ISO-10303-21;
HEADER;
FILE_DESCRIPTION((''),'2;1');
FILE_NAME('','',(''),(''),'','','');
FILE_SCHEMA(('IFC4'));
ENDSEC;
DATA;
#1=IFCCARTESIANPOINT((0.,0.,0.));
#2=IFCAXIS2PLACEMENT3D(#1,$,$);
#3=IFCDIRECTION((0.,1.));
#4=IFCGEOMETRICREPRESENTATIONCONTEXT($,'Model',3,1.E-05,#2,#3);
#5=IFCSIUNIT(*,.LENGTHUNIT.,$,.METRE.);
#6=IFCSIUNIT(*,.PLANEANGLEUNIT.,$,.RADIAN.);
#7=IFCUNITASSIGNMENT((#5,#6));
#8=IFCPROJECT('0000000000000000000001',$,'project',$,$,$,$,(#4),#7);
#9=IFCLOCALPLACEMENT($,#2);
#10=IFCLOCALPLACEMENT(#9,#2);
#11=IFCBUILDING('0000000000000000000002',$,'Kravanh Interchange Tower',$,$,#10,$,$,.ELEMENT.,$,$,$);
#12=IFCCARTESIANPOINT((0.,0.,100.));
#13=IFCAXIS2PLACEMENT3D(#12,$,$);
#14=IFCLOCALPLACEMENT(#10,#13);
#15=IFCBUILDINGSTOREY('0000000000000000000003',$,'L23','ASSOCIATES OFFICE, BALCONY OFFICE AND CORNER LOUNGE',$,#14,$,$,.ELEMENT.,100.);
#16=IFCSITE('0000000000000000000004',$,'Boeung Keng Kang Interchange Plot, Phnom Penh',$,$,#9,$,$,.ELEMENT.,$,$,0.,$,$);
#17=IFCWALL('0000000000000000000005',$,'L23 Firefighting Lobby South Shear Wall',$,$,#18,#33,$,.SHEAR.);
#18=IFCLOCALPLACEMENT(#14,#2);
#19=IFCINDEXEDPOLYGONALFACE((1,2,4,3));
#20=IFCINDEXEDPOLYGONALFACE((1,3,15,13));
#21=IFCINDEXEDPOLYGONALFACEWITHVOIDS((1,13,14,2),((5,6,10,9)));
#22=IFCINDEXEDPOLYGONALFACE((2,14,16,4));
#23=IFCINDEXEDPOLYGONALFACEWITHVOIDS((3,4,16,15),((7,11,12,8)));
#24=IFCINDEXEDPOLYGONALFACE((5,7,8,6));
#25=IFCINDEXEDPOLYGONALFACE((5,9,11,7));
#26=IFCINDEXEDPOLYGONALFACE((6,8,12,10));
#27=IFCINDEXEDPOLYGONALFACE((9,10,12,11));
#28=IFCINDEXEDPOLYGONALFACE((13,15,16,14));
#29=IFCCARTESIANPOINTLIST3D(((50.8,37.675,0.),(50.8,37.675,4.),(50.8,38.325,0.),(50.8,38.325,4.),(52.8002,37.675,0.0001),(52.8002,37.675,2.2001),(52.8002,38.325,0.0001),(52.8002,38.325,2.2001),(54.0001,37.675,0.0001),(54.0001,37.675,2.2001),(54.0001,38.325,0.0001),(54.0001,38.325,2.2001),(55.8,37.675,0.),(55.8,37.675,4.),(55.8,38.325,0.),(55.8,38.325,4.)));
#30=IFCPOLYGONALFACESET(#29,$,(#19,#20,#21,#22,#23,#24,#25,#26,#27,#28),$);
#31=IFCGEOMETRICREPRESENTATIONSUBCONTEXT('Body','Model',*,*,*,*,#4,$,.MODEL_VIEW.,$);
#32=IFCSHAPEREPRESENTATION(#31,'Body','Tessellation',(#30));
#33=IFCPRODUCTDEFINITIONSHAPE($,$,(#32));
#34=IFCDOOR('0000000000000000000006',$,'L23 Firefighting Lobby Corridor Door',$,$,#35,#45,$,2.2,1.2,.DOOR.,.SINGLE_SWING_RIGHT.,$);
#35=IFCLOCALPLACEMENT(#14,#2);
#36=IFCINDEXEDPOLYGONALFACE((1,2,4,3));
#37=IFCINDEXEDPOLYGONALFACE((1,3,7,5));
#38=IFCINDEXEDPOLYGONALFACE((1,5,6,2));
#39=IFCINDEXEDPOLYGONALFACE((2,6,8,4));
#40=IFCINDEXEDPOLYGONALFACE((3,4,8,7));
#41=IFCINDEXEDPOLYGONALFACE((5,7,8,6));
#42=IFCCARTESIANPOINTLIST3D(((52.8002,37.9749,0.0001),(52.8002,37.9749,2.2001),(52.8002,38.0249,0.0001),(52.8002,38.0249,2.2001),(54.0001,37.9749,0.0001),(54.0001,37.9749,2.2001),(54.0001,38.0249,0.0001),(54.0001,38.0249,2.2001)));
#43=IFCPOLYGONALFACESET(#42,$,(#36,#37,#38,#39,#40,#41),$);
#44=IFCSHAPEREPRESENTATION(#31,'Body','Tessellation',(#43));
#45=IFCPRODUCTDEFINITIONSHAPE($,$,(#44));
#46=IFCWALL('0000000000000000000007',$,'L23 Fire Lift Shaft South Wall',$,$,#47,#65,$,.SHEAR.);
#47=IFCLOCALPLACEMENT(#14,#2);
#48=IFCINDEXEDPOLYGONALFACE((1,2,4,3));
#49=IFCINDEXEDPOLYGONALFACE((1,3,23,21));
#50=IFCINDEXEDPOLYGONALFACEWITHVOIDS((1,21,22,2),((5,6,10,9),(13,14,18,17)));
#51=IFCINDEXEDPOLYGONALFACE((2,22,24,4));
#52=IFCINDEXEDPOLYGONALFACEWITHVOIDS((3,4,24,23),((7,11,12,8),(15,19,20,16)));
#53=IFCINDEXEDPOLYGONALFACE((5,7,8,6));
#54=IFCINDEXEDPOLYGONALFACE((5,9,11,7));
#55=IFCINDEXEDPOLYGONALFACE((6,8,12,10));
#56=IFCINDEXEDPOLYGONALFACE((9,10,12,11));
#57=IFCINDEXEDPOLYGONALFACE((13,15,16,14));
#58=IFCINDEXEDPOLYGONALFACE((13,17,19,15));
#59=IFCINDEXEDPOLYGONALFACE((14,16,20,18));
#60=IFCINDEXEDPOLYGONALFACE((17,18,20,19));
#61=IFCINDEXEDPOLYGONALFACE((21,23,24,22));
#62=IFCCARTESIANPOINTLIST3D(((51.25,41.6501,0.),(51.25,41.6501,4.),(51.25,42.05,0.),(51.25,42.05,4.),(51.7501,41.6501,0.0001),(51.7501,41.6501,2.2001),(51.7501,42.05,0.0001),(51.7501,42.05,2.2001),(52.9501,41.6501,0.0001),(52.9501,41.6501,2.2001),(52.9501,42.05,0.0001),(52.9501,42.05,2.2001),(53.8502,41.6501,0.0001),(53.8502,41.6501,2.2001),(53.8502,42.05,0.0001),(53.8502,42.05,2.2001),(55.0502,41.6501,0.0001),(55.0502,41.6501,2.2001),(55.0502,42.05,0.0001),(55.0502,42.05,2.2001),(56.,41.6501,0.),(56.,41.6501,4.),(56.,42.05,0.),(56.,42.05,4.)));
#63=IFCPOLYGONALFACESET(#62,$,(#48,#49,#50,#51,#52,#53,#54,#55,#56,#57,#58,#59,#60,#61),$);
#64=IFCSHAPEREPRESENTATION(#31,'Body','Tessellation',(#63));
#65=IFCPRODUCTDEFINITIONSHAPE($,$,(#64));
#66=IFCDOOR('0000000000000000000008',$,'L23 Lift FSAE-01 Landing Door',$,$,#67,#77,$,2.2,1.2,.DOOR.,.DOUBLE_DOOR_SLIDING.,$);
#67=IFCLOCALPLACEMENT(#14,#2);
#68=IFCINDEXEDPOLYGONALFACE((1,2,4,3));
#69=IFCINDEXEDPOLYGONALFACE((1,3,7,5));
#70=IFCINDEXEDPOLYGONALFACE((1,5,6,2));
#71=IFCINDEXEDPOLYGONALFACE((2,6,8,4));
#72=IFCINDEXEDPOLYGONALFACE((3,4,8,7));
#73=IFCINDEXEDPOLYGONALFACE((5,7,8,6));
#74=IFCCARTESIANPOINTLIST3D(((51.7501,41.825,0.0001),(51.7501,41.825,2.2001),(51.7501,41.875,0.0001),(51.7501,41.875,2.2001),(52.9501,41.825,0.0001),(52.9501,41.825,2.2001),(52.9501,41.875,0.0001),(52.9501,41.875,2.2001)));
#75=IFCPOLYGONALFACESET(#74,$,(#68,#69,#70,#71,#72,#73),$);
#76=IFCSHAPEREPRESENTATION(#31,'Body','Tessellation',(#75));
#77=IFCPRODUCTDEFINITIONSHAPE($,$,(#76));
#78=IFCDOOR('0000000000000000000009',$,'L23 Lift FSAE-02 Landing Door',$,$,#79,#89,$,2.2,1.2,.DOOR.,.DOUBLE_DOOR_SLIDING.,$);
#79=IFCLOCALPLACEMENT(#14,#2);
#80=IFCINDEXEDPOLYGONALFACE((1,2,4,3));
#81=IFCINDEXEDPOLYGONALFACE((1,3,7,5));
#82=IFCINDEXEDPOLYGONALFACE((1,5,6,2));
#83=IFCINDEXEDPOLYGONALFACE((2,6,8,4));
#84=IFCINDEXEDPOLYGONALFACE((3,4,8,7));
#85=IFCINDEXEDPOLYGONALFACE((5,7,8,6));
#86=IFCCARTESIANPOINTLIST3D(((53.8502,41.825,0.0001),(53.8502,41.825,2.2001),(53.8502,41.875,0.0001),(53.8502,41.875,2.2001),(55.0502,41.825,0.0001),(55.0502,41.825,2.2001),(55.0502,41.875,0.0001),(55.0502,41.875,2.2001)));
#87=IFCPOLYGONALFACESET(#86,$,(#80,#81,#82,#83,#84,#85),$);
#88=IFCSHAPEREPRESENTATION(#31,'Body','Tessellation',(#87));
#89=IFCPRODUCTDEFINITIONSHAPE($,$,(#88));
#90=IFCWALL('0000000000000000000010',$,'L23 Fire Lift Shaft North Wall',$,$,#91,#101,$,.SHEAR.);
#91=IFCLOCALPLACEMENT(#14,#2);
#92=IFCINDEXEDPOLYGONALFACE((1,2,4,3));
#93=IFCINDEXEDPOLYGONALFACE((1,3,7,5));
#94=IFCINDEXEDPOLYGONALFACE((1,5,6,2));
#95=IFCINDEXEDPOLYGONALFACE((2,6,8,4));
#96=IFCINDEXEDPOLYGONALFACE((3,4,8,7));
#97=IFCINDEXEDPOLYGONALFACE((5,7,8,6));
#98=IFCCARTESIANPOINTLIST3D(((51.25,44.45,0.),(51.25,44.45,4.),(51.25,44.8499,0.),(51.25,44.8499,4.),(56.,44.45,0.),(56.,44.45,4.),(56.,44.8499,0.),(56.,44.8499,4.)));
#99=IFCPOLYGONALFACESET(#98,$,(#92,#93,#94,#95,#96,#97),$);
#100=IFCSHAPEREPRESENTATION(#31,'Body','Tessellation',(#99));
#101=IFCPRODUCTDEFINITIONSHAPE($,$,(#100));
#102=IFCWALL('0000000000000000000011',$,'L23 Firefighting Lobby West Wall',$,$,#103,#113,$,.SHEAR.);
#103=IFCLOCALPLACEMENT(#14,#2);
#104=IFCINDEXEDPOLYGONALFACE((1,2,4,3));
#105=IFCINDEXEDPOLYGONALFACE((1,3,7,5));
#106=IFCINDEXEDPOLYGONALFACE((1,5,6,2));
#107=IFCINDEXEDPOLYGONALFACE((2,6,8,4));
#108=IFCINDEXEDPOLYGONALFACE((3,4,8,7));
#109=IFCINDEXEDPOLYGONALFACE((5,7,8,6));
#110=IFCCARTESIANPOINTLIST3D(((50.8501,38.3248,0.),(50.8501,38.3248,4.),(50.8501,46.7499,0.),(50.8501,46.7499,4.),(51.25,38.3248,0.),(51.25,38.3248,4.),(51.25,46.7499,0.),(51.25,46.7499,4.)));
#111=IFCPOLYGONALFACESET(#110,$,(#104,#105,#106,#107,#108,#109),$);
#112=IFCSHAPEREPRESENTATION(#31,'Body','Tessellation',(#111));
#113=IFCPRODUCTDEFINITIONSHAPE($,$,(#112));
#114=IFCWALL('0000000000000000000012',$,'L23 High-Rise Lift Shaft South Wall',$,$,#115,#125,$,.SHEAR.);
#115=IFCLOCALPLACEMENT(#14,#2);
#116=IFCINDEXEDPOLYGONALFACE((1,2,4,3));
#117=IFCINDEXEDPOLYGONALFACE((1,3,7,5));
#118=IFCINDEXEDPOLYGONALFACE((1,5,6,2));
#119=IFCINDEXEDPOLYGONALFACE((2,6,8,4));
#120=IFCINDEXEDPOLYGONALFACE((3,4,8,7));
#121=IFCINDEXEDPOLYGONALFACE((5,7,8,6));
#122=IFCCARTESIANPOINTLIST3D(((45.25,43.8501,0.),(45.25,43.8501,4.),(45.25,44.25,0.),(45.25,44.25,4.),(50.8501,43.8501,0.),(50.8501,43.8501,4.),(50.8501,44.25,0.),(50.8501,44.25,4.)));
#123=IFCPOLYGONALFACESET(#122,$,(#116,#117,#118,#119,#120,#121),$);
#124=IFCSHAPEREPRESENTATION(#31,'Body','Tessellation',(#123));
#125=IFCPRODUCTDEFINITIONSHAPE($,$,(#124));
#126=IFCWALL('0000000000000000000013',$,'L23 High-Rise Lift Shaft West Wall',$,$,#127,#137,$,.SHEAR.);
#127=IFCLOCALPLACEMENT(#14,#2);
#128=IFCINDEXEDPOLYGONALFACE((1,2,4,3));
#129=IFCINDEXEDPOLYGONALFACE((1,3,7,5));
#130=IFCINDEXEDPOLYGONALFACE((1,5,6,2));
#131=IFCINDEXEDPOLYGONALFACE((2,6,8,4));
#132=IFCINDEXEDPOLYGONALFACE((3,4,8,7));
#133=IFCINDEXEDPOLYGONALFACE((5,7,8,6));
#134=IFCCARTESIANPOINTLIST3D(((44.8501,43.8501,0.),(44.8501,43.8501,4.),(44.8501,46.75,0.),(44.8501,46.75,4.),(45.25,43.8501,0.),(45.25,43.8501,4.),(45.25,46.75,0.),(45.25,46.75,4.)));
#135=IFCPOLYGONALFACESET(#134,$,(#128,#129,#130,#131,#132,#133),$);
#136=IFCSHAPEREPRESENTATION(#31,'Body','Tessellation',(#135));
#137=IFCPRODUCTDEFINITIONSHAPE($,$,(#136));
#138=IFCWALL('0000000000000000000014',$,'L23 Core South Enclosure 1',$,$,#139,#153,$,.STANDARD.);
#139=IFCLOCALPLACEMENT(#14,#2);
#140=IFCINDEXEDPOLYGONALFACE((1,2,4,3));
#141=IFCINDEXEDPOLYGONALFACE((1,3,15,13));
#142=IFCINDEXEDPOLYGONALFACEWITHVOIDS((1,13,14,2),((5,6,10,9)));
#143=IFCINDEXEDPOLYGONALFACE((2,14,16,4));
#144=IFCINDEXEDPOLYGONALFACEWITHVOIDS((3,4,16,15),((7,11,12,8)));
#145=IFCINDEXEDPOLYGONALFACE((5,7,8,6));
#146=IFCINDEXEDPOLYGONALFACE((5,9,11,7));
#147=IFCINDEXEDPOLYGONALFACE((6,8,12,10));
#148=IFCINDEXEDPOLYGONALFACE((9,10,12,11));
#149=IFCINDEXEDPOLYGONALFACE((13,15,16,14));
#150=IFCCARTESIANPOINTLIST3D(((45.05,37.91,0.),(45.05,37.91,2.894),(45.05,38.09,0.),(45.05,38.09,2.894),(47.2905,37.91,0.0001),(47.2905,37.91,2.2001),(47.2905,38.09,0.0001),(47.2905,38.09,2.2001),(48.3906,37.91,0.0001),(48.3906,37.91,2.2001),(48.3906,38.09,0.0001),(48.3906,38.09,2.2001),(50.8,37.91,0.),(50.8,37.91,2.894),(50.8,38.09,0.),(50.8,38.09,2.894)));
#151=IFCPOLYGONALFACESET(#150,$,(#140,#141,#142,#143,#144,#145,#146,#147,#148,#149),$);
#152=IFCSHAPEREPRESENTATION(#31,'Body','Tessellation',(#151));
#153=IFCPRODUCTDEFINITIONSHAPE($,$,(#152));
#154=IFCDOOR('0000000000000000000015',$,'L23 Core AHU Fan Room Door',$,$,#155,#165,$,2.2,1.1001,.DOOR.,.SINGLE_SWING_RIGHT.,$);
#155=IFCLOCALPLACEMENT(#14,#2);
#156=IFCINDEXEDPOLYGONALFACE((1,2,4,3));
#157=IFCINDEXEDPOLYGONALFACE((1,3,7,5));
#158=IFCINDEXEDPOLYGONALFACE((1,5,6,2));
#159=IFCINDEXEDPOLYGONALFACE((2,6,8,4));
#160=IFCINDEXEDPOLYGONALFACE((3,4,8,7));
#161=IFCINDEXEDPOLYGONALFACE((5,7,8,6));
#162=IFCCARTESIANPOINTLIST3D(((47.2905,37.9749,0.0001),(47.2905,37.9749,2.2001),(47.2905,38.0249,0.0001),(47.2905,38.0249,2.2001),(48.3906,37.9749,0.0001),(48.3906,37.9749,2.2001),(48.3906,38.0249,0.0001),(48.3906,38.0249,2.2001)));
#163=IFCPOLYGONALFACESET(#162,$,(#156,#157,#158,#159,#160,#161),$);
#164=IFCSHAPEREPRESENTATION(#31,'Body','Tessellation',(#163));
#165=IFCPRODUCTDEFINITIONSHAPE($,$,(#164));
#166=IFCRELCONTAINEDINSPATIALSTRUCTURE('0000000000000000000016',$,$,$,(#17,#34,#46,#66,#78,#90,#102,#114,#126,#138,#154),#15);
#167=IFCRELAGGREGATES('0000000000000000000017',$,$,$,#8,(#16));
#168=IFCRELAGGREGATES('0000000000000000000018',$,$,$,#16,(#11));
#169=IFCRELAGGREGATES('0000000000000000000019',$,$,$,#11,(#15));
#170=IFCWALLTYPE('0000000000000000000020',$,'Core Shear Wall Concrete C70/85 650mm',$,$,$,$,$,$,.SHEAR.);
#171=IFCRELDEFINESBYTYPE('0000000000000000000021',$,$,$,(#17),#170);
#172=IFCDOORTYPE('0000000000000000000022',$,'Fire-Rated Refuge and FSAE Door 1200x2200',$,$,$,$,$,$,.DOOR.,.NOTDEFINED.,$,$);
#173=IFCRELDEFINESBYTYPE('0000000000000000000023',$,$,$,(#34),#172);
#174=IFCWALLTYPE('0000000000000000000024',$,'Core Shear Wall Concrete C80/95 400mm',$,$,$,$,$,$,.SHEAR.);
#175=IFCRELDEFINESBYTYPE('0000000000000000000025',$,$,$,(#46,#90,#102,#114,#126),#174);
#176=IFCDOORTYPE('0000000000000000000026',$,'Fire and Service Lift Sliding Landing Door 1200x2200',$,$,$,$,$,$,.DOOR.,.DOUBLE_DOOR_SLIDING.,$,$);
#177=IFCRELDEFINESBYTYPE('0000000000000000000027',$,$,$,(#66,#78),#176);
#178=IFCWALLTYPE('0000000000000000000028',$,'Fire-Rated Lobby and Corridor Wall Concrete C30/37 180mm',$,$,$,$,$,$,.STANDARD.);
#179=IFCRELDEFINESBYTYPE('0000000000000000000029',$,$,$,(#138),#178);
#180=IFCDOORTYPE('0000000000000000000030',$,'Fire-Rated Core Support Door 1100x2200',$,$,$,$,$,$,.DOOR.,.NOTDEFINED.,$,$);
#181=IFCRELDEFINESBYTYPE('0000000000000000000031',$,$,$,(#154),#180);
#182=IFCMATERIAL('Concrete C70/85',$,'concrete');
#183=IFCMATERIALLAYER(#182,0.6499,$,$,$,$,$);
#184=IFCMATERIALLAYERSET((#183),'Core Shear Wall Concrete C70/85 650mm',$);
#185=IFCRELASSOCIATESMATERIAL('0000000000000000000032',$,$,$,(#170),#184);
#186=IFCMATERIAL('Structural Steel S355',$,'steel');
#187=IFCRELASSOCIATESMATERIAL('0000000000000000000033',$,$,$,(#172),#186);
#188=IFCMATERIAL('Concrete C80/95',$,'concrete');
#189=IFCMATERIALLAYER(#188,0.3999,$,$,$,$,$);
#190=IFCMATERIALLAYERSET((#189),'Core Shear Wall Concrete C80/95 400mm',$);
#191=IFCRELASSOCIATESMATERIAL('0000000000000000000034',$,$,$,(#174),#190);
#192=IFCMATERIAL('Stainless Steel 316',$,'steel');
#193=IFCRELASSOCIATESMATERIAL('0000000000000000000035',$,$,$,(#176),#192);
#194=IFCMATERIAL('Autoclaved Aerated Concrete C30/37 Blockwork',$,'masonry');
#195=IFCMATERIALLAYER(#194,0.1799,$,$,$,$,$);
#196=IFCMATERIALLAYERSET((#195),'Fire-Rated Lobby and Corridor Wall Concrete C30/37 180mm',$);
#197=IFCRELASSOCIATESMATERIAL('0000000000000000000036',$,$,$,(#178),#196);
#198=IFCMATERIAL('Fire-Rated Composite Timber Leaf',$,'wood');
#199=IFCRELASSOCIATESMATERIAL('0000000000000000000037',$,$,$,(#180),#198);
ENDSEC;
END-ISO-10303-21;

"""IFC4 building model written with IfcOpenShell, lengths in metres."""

from ifc_helpers import new_model, si_unit, direction, frame, frame_2d, origin, place, context, subcontext, project, spatial, rectangle, extrude, material, layer, layer_set, type_object, element, fill, save


model = new_model("IFC4")

# Units and contexts
model_context = context("Model", 3, precision=1e-05, world=origin(), true_north=direction((0.0, 1.0)))
body_context = subcontext(model_context, "Body", "Model", "MODEL_VIEW")
ifc_project = project(units=[si_unit("LENGTHUNIT", "METRE"), si_unit("PLANEANGLEUNIT", "RADIAN")], contexts=[model_context])

# Site, building, storey
site_placement = place(None, origin())
site = spatial("IfcSite", under=ifc_project, at=site_placement, Name="Boeung Keng Kang Interchange Plot, Phnom Penh", CompositionType="ELEMENT", RefElevation=0.0)
building_placement = place(site_placement, origin())
building = spatial("IfcBuilding", under=site, at=building_placement, Name="Kravanh Interchange Tower", CompositionType="ELEMENT")
storey_placement = place(building_placement, frame((0.0, 0.0, 100.0)))
storey = spatial("IfcBuildingStorey", under=building, at=storey_placement, Name="L23", Description="ASSOCIATES OFFICE, BALCONY OFFICE AND CORNER LOUNGE", CompositionType="ELEMENT", Elevation=100.0)

# Shared definitions
ifc_material_1 = material(Name="Concrete C70/85", Category="concrete")
ifc_layer_1 = layer(ifc_material_1, 0.6499)
ifc_layer_set_1 = layer_set([ifc_layer_1], Name="Core Shear Wall Concrete C70/85 650mm")
wall_type_1 = type_object("IfcWallType", Name="Core Shear Wall Concrete C70/85 650mm", PredefinedType="SHEAR", material=ifc_layer_set_1)

# Wall, opening, door
wall_1_placement = place(storey_placement, frame((50.8, 38.0, 0.0), z_axis=(0.0, 0.0, 1.0), x_axis=(1.0, 0.0, 0.0)))
wall_1 = element("IfcWall", 1, at=wall_1_placement, inside=storey, type_object=wall_type_1, Name="L23 Firefighting Lobby South Shear Wall", PredefinedType="SHEAR", context=body_context, shape_type="SweptSolid", body=[
    extrude(rectangle(XDim=5.0, YDim=0.6499, at=frame_2d((2.5, 0.0))), origin(), (0.0, 0.0, 1.0), 4.0),
])
opening_1_placement = place(wall_1_placement, frame((2.0, 0.0, 0.0)))
opening_1 = element("IfcOpeningElement", 2, at=opening_1_placement, cuts=wall_1, PredefinedType="OPENING", context=body_context, shape_type="SweptSolid", body=[
    extrude(rectangle(XDim=1.2, YDim=2.2, at=frame_2d((0.6001, 1.1001))), frame((0.0, 0.335, 0.0), z_axis=(0.0, -1.0, 0.0), x_axis=(1.0, 0.0, 0.0)), (0.0, 0.0, 1.0), 0.6699),
])
ifc_material_2 = material(Name="Structural Steel S355", Category="steel")
door_type_1 = type_object("IfcDoorType", Name="Fire-Rated Refuge and FSAE Door 1200x2200", OperationType="NOTDEFINED", PredefinedType="DOOR", material=ifc_material_2)
door_1_placement = place(opening_1_placement, origin())
door_1 = element("IfcDoor", 3, at=door_1_placement, inside=storey, type_object=door_type_1, Name="L23 Firefighting Lobby Corridor Door", OperationType="SINGLE_SWING_RIGHT", OverallHeight=2.2, OverallWidth=1.2, PredefinedType="DOOR", context=body_context, shape_type="SweptSolid", body=[
    extrude(rectangle(XDim=1.2, YDim=2.2, at=frame_2d((0.6001, 1.1001))), frame((0.0, 0.0249, 0.0), z_axis=(0.0, -1.0, 0.0), x_axis=(1.0, 0.0, 0.0)), (0.0, 0.0, 1.0), 0.05),
])
fill(opening_1, door_1)

# Wall, openings, doors
ifc_material_3 = material(Name="Concrete C80/95", Category="concrete")
ifc_layer_2 = layer(ifc_material_3, 0.3999)
ifc_layer_set_2 = layer_set([ifc_layer_2], Name="Core Shear Wall Concrete C80/95 400mm")
wall_type_2 = type_object("IfcWallType", Name="Core Shear Wall Concrete C80/95 400mm", PredefinedType="SHEAR", material=ifc_layer_set_2)
wall_2_placement = place(storey_placement, frame((51.25, 41.8501, 0.0), z_axis=(0.0, 0.0, 1.0), x_axis=(1.0, 0.0, 0.0)))
wall_2 = element("IfcWall", 4, at=wall_2_placement, inside=storey, type_object=wall_type_2, Name="L23 Fire Lift Shaft South Wall", PredefinedType="SHEAR", context=body_context, shape_type="SweptSolid", body=[
    extrude(rectangle(XDim=4.75, YDim=0.3999, at=frame_2d((2.375, 0.0))), origin(), (0.0, 0.0, 1.0), 4.0),
])
opening_2_placement = place(wall_2_placement, frame((0.5, 0.0, 0.0)))
opening_2 = element("IfcOpeningElement", 5, at=opening_2_placement, cuts=wall_2, PredefinedType="OPENING", context=body_context, shape_type="SweptSolid", body=[
    extrude(rectangle(XDim=1.2, YDim=2.2, at=frame_2d((0.6001, 1.1001))), frame((0.0, 0.21, 0.0), z_axis=(0.0, -1.0, 0.0), x_axis=(1.0, 0.0, 0.0)), (0.0, 0.0, 1.0), 0.4199),
])
opening_3_placement = place(wall_2_placement, frame((2.6001, 0.0, 0.0)))
opening_3 = element("IfcOpeningElement", 6, at=opening_3_placement, cuts=wall_2, PredefinedType="OPENING", context=body_context, shape_type="SweptSolid", body=[
    extrude(rectangle(XDim=1.2, YDim=2.2, at=frame_2d((0.6001, 1.1001))), frame((0.0, 0.21, 0.0), z_axis=(0.0, -1.0, 0.0), x_axis=(1.0, 0.0, 0.0)), (0.0, 0.0, 1.0), 0.4199),
])
ifc_material_4 = material(Name="Stainless Steel 316", Category="steel")
door_type_2 = type_object("IfcDoorType", Name="Fire and Service Lift Sliding Landing Door 1200x2200", OperationType="DOUBLE_DOOR_SLIDING", PredefinedType="DOOR", material=ifc_material_4)
door_2_placement = place(opening_2_placement, origin())
door_2 = element("IfcDoor", 7, at=door_2_placement, inside=storey, type_object=door_type_2, Name="L23 Lift FSAE-01 Landing Door", OperationType="DOUBLE_DOOR_SLIDING", OverallHeight=2.2, OverallWidth=1.2, PredefinedType="DOOR", context=body_context, shape_type="SweptSolid", body=[
    extrude(rectangle(XDim=1.2, YDim=2.2, at=frame_2d((0.6001, 1.1001))), frame((0.0, 0.0249, 0.0), z_axis=(0.0, -1.0, 0.0), x_axis=(1.0, 0.0, 0.0)), (0.0, 0.0, 1.0), 0.05),
])
fill(opening_2, door_2)
door_3_placement = place(opening_3_placement, origin())
door_3 = element("IfcDoor", 8, at=door_3_placement, inside=storey, type_object=door_type_2, Name="L23 Lift FSAE-02 Landing Door", OperationType="DOUBLE_DOOR_SLIDING", OverallHeight=2.2, OverallWidth=1.2, PredefinedType="DOOR", context=body_context, shape_type="SweptSolid", body=[
    extrude(rectangle(XDim=1.2, YDim=2.2, at=frame_2d((0.6001, 1.1001))), frame((0.0, 0.0249, 0.0), z_axis=(0.0, -1.0, 0.0), x_axis=(1.0, 0.0, 0.0)), (0.0, 0.0, 1.0), 0.05),
])
fill(opening_3, door_3)

# Walls
wall_3_placement = place(storey_placement, frame((51.25, 44.6499, 0.0), z_axis=(0.0, 0.0, 1.0), x_axis=(1.0, 0.0, 0.0)))
element("IfcWall", 9, at=wall_3_placement, inside=storey, type_object=wall_type_2, Name="L23 Fire Lift Shaft North Wall", PredefinedType="SHEAR", context=body_context, shape_type="SweptSolid", body=[
    extrude(rectangle(XDim=4.75, YDim=0.3999, at=frame_2d((2.375, 0.0))), origin(), (0.0, 0.0, 1.0), 4.0),
])
wall_4_placement = place(storey_placement, frame((51.05, 38.325, 0.0), z_axis=(0.0, 0.0, 1.0), x_axis=(0.0, 1.0, 0.0)))
element("IfcWall", 10, at=wall_4_placement, inside=storey, type_object=wall_type_2, Name="L23 Firefighting Lobby West Wall", PredefinedType="SHEAR", context=body_context, shape_type="SweptSolid", body=[
    extrude(rectangle(XDim=8.425, YDim=0.3999, at=frame_2d((4.2124, 0.0))), origin(), (0.0, 0.0, 1.0), 4.0),
])
wall_5_placement = place(storey_placement, frame((45.25, 44.05, 0.0), z_axis=(0.0, 0.0, 1.0), x_axis=(1.0, 0.0, 0.0)))
element("IfcWall", 11, at=wall_5_placement, inside=storey, type_object=wall_type_2, Name="L23 High-Rise Lift Shaft South Wall", PredefinedType="SHEAR", context=body_context, shape_type="SweptSolid", body=[
    extrude(rectangle(XDim=5.6001, YDim=0.3999, at=frame_2d((2.8, 0.0))), origin(), (0.0, 0.0, 1.0), 4.0),
])
wall_6_placement = place(storey_placement, frame((45.05, 43.8501, 0.0), z_axis=(0.0, 0.0, 1.0), x_axis=(0.0, 1.0, 0.0)))
element("IfcWall", 12, at=wall_6_placement, inside=storey, type_object=wall_type_2, Name="L23 High-Rise Lift Shaft West Wall", PredefinedType="SHEAR", context=body_context, shape_type="SweptSolid", body=[
    extrude(rectangle(XDim=2.8999, YDim=0.3999, at=frame_2d((1.45, 0.0))), origin(), (0.0, 0.0, 1.0), 4.0),
])

# Wall, opening, door
ifc_material_5 = material(Name="Autoclaved Aerated Concrete C30/37 Blockwork", Category="masonry")
ifc_layer_3 = layer(ifc_material_5, 0.1799)
ifc_layer_set_3 = layer_set([ifc_layer_3], Name="Fire-Rated Lobby and Corridor Wall Concrete C30/37 180mm")
wall_type_3 = type_object("IfcWallType", Name="Fire-Rated Lobby and Corridor Wall Concrete C30/37 180mm", PredefinedType="STANDARD", material=ifc_layer_set_3)
wall_7_placement = place(storey_placement, frame((45.05, 38.0, 0.0), z_axis=(0.0, 0.0, 1.0), x_axis=(1.0, 0.0, 0.0)))
wall_7 = element("IfcWall", 13, at=wall_7_placement, inside=storey, type_object=wall_type_3, Name="L23 Core South Enclosure 1", PredefinedType="STANDARD", context=body_context, shape_type="SweptSolid", body=[
    extrude(rectangle(XDim=5.75, YDim=0.1799, at=frame_2d((2.875, 0.0))), origin(), (0.0, 0.0, 1.0), 2.894),
])
opening_4_placement = place(wall_7_placement, frame((2.2405, 0.0, 0.0)))
opening_4 = element("IfcOpeningElement", 14, at=opening_4_placement, cuts=wall_7, PredefinedType="OPENING", context=body_context, shape_type="SweptSolid", body=[
    extrude(rectangle(XDim=1.1001, YDim=2.2, at=frame_2d((0.55, 1.1001))), frame((0.0, 0.1001, 0.0), z_axis=(0.0, -1.0, 0.0), x_axis=(1.0, 0.0, 0.0)), (0.0, 0.0, 1.0), 0.2),
])
ifc_material_6 = material(Name="Fire-Rated Composite Timber Leaf", Category="wood")
door_type_3 = type_object("IfcDoorType", Name="Fire-Rated Core Support Door 1100x2200", OperationType="NOTDEFINED", PredefinedType="DOOR", material=ifc_material_6)
door_4_placement = place(opening_4_placement, origin())
door_4 = element("IfcDoor", 15, at=door_4_placement, inside=storey, type_object=door_type_3, Name="L23 Core AHU Fan Room Door", OperationType="SINGLE_SWING_RIGHT", OverallHeight=2.2, OverallWidth=1.1001, PredefinedType="DOOR", context=body_context, shape_type="SweptSolid", body=[
    extrude(rectangle(XDim=1.1001, YDim=2.2, at=frame_2d((0.55, 1.1001))), frame((0.0, 0.0249, 0.0), z_axis=(0.0, -1.0, 0.0), x_axis=(1.0, 0.0, 0.0)), (0.0, 0.0, 1.0), 0.05),
])
fill(opening_4, door_4)

save(model, "model.ifc")
